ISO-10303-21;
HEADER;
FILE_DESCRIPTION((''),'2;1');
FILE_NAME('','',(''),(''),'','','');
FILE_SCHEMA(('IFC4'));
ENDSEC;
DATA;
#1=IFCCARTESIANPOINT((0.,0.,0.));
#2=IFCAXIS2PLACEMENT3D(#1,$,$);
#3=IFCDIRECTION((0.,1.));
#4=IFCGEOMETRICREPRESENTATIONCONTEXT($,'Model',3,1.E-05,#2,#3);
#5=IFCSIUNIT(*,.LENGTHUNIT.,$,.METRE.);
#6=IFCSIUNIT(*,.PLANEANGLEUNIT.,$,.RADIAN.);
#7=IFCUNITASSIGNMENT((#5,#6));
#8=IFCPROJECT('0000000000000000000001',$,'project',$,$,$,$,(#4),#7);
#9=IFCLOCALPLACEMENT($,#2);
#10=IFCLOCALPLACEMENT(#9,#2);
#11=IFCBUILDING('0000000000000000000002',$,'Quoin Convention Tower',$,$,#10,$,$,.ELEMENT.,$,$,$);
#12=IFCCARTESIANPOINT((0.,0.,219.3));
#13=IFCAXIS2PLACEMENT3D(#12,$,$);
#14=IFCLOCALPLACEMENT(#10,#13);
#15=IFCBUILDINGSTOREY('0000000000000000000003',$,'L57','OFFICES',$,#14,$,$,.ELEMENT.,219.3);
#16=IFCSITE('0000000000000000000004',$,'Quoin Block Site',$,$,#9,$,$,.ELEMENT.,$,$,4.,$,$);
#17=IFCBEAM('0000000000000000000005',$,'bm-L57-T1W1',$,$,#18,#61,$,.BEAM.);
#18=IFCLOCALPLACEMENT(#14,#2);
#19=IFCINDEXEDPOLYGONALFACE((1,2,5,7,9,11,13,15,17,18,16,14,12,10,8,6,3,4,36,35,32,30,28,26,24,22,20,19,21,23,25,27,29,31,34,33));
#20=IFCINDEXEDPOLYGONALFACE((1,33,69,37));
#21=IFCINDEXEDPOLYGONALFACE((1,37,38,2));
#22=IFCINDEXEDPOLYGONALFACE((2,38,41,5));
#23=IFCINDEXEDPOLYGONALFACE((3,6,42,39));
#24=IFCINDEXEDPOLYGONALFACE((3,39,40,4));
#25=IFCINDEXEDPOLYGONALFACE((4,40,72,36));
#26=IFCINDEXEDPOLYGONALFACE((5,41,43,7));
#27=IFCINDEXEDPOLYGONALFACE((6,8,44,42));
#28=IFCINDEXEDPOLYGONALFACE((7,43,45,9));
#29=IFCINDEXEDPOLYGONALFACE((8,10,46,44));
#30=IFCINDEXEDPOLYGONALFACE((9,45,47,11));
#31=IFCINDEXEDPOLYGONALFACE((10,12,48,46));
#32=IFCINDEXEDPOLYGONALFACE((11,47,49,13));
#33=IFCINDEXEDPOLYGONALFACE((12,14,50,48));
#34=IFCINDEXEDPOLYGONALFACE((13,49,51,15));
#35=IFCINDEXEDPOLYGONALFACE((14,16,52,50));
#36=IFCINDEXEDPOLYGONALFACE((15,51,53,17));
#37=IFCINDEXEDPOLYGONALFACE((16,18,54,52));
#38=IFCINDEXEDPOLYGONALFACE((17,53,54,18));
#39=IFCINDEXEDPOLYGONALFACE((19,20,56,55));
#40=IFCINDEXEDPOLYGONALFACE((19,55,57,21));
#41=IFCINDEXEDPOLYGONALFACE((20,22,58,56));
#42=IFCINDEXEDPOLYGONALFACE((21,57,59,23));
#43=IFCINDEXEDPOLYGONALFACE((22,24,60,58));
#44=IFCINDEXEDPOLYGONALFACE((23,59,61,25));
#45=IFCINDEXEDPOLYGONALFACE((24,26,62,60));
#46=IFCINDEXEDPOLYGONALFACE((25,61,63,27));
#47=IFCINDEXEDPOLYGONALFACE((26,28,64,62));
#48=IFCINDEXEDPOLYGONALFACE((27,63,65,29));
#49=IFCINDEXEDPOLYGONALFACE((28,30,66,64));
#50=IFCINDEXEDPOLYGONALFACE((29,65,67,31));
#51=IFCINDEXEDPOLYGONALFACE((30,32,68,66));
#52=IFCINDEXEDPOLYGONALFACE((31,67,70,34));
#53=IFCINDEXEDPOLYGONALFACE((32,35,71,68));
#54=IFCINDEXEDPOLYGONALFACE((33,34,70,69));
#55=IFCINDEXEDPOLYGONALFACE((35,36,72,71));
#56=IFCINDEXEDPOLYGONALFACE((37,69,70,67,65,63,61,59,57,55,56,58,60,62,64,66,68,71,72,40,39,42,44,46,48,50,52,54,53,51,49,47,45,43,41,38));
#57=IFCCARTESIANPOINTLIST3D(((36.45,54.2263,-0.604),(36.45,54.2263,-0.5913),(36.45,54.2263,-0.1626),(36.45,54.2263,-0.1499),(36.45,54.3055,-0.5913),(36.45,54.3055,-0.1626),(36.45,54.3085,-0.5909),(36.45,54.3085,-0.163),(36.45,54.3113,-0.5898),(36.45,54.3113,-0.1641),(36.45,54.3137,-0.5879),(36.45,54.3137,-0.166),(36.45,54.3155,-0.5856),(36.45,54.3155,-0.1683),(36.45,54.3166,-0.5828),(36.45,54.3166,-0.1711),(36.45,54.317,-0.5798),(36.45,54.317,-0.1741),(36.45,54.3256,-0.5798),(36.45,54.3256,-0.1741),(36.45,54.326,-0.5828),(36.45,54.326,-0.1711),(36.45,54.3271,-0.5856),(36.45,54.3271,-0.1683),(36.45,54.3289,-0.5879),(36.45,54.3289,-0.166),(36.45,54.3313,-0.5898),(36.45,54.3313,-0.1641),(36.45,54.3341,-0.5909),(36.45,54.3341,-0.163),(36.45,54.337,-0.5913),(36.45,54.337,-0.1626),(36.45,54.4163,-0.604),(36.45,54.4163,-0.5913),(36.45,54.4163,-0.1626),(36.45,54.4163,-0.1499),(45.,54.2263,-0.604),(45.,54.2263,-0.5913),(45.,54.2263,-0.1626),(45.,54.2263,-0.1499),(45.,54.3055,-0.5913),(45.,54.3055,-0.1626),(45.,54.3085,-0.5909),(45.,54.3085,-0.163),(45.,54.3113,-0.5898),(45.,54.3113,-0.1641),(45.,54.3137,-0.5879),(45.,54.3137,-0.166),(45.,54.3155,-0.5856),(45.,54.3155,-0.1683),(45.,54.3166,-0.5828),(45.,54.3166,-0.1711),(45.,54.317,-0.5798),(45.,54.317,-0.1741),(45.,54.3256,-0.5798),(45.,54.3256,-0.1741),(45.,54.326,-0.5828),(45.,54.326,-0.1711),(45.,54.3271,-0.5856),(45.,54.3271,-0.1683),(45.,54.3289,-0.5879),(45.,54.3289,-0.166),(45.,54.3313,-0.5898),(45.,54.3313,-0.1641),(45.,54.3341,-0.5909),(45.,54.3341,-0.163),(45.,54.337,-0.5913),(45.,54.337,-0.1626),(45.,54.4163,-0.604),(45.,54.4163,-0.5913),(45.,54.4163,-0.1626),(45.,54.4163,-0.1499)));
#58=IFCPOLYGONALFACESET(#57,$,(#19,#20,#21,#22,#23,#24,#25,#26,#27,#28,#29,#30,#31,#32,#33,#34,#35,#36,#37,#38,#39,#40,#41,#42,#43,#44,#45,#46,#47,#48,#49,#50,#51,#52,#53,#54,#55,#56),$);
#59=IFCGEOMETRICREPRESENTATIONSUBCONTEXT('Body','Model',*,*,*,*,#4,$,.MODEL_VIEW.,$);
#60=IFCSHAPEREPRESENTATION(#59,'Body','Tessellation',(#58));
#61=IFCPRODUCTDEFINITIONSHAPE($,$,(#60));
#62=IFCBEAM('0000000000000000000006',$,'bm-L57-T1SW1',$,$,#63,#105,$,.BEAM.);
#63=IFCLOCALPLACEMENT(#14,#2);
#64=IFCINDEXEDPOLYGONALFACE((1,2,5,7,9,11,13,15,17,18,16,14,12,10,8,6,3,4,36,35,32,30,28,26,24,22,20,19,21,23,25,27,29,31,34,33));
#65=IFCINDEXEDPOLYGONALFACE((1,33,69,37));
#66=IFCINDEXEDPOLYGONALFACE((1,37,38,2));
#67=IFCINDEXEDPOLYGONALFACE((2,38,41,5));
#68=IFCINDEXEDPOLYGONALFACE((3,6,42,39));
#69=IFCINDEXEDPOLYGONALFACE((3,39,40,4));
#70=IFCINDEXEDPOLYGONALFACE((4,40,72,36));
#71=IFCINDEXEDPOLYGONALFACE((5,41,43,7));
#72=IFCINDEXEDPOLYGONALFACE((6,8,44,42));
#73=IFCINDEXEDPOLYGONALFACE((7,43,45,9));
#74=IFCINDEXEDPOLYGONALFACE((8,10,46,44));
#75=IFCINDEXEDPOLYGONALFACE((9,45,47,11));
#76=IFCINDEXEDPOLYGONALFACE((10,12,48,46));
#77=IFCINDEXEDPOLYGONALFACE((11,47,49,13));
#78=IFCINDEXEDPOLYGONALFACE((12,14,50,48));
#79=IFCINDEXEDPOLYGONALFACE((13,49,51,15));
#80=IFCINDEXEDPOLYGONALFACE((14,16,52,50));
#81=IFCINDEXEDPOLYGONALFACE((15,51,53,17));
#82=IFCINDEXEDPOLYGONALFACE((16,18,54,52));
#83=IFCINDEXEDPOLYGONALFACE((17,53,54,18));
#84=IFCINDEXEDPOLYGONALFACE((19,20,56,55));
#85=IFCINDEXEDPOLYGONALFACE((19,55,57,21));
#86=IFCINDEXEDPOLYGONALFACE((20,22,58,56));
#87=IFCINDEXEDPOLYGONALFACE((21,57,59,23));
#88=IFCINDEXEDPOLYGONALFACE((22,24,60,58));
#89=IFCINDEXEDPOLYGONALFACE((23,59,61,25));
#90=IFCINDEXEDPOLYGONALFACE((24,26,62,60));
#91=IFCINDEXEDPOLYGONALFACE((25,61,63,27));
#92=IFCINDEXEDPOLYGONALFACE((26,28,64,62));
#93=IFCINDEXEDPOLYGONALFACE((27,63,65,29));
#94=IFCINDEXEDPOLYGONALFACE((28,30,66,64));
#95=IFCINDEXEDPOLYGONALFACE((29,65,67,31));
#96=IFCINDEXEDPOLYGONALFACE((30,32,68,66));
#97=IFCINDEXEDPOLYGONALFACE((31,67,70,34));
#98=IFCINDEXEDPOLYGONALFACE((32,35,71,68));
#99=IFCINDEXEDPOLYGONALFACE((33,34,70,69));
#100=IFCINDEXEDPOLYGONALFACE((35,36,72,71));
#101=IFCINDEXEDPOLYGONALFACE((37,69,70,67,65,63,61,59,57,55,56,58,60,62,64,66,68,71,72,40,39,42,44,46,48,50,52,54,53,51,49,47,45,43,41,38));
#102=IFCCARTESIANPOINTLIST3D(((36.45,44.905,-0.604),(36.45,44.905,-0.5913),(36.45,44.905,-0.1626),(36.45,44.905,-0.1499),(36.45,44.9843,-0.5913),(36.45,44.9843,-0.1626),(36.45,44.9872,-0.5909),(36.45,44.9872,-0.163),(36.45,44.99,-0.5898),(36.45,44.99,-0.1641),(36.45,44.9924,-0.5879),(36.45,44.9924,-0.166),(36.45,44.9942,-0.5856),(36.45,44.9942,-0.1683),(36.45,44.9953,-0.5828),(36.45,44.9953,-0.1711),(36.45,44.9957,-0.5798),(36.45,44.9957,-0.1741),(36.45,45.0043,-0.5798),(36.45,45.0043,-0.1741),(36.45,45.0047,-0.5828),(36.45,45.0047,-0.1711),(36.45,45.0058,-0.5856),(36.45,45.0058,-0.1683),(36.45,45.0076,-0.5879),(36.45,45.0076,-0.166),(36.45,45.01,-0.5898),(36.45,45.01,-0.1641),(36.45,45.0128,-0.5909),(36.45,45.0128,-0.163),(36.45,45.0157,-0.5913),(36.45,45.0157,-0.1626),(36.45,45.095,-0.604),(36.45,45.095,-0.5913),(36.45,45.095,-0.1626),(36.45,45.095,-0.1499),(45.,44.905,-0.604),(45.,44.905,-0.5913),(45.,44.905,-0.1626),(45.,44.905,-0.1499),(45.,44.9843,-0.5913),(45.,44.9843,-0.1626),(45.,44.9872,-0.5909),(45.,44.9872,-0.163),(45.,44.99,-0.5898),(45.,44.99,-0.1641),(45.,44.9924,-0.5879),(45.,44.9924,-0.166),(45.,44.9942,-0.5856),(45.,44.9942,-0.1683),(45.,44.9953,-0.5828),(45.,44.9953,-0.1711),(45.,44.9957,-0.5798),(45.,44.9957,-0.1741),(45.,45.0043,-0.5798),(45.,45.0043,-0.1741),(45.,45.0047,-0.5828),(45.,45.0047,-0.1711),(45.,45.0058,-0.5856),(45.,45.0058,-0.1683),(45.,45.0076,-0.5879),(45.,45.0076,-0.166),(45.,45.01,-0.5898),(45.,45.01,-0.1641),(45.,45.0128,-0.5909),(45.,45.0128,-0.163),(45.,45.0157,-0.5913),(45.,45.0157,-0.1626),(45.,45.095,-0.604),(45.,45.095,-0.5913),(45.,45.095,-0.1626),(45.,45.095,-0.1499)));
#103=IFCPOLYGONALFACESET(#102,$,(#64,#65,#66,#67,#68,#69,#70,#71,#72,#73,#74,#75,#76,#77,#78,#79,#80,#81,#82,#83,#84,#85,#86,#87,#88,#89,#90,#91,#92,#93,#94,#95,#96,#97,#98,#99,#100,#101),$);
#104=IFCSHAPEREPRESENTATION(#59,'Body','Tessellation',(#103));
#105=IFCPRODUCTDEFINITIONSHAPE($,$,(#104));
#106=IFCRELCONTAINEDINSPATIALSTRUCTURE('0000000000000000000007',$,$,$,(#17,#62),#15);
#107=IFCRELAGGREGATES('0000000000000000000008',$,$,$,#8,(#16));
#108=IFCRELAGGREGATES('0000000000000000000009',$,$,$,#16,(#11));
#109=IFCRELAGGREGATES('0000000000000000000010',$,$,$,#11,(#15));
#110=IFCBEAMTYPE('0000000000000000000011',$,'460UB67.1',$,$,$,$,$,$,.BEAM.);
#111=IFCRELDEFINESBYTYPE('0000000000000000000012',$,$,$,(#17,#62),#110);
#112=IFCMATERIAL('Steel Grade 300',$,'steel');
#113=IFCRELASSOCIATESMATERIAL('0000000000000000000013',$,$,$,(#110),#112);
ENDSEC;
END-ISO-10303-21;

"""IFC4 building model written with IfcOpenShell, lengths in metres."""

from ifc_helpers import new_model, si_unit, direction, frame, origin, origin_2d, place, context, subcontext, project, spatial, i_section, extrude, material, material_profile, profile_set, type_object, element, save


model = new_model("IFC4")

# Units and contexts
model_context = context("Model", 3, precision=1e-05, world=origin(), true_north=direction((0.0, 1.0)))
body_context = subcontext(model_context, "Body", "Model", "MODEL_VIEW")
ifc_project = project(units=[si_unit("LENGTHUNIT", "METRE"), si_unit("PLANEANGLEUNIT", "RADIAN")], contexts=[model_context])

# Site, building, storey
site_placement = place(None, origin())
site = spatial("IfcSite", under=ifc_project, at=site_placement, Name="Quoin Block Site", CompositionType="ELEMENT", RefElevation=4.0)
building_placement = place(site_placement, origin())
building = spatial("IfcBuilding", under=site, at=building_placement, Name="Quoin Convention Tower", CompositionType="ELEMENT")
storey_placement = place(building_placement, frame((0.0, 0.0, 219.3)))
storey = spatial("IfcBuildingStorey", under=building, at=storey_placement, Name="L57", Description="OFFICES", CompositionType="ELEMENT", Elevation=219.3)

# Beams
ifc_material_1 = material(Name="Steel Grade 300", Category="steel")
ifc_material_profile = material_profile(ifc_material_1, i_section(OverallWidth=0.1899, OverallDepth=0.4541, WebThickness=0.0085, FlangeThickness=0.0127, FilletRadius=0.0115, at=origin_2d()), Name="460UB67.1")
ifc_profile_set = profile_set([ifc_material_profile], Name="Steel Grade 300")
beam_type = type_object("IfcBeamType", Name="460UB67.1", PredefinedType="BEAM", material=ifc_profile_set)
for number, where, z_axis, x_axis, name in (
    (1, (36.45, 54.3213, -0.377), (1.0, 0.0, 0.0), (0.0, 1.0, 0.0), "bm-L57-T1W1"),
    (2, (36.45, 45.0, -0.377), (1.0, 0.0, 0.0), (0.0, 1.0, 0.0), "bm-L57-T1SW1"),
):
    element("IfcBeam", number, at=place(storey_placement, frame(where, z_axis=z_axis, x_axis=x_axis)), inside=storey, type_object=beam_type, Name=name, PredefinedType="BEAM", context=body_context, shape_type="SweptSolid", body=[
        extrude(i_section(OverallWidth=0.1899, OverallDepth=0.4541, WebThickness=0.0085, FlangeThickness=0.0127, FilletRadius=0.0115, at=origin_2d()), origin(), (0.0, 0.0, 1.0), 8.55),
    ])

save(model, "model.ifc")
